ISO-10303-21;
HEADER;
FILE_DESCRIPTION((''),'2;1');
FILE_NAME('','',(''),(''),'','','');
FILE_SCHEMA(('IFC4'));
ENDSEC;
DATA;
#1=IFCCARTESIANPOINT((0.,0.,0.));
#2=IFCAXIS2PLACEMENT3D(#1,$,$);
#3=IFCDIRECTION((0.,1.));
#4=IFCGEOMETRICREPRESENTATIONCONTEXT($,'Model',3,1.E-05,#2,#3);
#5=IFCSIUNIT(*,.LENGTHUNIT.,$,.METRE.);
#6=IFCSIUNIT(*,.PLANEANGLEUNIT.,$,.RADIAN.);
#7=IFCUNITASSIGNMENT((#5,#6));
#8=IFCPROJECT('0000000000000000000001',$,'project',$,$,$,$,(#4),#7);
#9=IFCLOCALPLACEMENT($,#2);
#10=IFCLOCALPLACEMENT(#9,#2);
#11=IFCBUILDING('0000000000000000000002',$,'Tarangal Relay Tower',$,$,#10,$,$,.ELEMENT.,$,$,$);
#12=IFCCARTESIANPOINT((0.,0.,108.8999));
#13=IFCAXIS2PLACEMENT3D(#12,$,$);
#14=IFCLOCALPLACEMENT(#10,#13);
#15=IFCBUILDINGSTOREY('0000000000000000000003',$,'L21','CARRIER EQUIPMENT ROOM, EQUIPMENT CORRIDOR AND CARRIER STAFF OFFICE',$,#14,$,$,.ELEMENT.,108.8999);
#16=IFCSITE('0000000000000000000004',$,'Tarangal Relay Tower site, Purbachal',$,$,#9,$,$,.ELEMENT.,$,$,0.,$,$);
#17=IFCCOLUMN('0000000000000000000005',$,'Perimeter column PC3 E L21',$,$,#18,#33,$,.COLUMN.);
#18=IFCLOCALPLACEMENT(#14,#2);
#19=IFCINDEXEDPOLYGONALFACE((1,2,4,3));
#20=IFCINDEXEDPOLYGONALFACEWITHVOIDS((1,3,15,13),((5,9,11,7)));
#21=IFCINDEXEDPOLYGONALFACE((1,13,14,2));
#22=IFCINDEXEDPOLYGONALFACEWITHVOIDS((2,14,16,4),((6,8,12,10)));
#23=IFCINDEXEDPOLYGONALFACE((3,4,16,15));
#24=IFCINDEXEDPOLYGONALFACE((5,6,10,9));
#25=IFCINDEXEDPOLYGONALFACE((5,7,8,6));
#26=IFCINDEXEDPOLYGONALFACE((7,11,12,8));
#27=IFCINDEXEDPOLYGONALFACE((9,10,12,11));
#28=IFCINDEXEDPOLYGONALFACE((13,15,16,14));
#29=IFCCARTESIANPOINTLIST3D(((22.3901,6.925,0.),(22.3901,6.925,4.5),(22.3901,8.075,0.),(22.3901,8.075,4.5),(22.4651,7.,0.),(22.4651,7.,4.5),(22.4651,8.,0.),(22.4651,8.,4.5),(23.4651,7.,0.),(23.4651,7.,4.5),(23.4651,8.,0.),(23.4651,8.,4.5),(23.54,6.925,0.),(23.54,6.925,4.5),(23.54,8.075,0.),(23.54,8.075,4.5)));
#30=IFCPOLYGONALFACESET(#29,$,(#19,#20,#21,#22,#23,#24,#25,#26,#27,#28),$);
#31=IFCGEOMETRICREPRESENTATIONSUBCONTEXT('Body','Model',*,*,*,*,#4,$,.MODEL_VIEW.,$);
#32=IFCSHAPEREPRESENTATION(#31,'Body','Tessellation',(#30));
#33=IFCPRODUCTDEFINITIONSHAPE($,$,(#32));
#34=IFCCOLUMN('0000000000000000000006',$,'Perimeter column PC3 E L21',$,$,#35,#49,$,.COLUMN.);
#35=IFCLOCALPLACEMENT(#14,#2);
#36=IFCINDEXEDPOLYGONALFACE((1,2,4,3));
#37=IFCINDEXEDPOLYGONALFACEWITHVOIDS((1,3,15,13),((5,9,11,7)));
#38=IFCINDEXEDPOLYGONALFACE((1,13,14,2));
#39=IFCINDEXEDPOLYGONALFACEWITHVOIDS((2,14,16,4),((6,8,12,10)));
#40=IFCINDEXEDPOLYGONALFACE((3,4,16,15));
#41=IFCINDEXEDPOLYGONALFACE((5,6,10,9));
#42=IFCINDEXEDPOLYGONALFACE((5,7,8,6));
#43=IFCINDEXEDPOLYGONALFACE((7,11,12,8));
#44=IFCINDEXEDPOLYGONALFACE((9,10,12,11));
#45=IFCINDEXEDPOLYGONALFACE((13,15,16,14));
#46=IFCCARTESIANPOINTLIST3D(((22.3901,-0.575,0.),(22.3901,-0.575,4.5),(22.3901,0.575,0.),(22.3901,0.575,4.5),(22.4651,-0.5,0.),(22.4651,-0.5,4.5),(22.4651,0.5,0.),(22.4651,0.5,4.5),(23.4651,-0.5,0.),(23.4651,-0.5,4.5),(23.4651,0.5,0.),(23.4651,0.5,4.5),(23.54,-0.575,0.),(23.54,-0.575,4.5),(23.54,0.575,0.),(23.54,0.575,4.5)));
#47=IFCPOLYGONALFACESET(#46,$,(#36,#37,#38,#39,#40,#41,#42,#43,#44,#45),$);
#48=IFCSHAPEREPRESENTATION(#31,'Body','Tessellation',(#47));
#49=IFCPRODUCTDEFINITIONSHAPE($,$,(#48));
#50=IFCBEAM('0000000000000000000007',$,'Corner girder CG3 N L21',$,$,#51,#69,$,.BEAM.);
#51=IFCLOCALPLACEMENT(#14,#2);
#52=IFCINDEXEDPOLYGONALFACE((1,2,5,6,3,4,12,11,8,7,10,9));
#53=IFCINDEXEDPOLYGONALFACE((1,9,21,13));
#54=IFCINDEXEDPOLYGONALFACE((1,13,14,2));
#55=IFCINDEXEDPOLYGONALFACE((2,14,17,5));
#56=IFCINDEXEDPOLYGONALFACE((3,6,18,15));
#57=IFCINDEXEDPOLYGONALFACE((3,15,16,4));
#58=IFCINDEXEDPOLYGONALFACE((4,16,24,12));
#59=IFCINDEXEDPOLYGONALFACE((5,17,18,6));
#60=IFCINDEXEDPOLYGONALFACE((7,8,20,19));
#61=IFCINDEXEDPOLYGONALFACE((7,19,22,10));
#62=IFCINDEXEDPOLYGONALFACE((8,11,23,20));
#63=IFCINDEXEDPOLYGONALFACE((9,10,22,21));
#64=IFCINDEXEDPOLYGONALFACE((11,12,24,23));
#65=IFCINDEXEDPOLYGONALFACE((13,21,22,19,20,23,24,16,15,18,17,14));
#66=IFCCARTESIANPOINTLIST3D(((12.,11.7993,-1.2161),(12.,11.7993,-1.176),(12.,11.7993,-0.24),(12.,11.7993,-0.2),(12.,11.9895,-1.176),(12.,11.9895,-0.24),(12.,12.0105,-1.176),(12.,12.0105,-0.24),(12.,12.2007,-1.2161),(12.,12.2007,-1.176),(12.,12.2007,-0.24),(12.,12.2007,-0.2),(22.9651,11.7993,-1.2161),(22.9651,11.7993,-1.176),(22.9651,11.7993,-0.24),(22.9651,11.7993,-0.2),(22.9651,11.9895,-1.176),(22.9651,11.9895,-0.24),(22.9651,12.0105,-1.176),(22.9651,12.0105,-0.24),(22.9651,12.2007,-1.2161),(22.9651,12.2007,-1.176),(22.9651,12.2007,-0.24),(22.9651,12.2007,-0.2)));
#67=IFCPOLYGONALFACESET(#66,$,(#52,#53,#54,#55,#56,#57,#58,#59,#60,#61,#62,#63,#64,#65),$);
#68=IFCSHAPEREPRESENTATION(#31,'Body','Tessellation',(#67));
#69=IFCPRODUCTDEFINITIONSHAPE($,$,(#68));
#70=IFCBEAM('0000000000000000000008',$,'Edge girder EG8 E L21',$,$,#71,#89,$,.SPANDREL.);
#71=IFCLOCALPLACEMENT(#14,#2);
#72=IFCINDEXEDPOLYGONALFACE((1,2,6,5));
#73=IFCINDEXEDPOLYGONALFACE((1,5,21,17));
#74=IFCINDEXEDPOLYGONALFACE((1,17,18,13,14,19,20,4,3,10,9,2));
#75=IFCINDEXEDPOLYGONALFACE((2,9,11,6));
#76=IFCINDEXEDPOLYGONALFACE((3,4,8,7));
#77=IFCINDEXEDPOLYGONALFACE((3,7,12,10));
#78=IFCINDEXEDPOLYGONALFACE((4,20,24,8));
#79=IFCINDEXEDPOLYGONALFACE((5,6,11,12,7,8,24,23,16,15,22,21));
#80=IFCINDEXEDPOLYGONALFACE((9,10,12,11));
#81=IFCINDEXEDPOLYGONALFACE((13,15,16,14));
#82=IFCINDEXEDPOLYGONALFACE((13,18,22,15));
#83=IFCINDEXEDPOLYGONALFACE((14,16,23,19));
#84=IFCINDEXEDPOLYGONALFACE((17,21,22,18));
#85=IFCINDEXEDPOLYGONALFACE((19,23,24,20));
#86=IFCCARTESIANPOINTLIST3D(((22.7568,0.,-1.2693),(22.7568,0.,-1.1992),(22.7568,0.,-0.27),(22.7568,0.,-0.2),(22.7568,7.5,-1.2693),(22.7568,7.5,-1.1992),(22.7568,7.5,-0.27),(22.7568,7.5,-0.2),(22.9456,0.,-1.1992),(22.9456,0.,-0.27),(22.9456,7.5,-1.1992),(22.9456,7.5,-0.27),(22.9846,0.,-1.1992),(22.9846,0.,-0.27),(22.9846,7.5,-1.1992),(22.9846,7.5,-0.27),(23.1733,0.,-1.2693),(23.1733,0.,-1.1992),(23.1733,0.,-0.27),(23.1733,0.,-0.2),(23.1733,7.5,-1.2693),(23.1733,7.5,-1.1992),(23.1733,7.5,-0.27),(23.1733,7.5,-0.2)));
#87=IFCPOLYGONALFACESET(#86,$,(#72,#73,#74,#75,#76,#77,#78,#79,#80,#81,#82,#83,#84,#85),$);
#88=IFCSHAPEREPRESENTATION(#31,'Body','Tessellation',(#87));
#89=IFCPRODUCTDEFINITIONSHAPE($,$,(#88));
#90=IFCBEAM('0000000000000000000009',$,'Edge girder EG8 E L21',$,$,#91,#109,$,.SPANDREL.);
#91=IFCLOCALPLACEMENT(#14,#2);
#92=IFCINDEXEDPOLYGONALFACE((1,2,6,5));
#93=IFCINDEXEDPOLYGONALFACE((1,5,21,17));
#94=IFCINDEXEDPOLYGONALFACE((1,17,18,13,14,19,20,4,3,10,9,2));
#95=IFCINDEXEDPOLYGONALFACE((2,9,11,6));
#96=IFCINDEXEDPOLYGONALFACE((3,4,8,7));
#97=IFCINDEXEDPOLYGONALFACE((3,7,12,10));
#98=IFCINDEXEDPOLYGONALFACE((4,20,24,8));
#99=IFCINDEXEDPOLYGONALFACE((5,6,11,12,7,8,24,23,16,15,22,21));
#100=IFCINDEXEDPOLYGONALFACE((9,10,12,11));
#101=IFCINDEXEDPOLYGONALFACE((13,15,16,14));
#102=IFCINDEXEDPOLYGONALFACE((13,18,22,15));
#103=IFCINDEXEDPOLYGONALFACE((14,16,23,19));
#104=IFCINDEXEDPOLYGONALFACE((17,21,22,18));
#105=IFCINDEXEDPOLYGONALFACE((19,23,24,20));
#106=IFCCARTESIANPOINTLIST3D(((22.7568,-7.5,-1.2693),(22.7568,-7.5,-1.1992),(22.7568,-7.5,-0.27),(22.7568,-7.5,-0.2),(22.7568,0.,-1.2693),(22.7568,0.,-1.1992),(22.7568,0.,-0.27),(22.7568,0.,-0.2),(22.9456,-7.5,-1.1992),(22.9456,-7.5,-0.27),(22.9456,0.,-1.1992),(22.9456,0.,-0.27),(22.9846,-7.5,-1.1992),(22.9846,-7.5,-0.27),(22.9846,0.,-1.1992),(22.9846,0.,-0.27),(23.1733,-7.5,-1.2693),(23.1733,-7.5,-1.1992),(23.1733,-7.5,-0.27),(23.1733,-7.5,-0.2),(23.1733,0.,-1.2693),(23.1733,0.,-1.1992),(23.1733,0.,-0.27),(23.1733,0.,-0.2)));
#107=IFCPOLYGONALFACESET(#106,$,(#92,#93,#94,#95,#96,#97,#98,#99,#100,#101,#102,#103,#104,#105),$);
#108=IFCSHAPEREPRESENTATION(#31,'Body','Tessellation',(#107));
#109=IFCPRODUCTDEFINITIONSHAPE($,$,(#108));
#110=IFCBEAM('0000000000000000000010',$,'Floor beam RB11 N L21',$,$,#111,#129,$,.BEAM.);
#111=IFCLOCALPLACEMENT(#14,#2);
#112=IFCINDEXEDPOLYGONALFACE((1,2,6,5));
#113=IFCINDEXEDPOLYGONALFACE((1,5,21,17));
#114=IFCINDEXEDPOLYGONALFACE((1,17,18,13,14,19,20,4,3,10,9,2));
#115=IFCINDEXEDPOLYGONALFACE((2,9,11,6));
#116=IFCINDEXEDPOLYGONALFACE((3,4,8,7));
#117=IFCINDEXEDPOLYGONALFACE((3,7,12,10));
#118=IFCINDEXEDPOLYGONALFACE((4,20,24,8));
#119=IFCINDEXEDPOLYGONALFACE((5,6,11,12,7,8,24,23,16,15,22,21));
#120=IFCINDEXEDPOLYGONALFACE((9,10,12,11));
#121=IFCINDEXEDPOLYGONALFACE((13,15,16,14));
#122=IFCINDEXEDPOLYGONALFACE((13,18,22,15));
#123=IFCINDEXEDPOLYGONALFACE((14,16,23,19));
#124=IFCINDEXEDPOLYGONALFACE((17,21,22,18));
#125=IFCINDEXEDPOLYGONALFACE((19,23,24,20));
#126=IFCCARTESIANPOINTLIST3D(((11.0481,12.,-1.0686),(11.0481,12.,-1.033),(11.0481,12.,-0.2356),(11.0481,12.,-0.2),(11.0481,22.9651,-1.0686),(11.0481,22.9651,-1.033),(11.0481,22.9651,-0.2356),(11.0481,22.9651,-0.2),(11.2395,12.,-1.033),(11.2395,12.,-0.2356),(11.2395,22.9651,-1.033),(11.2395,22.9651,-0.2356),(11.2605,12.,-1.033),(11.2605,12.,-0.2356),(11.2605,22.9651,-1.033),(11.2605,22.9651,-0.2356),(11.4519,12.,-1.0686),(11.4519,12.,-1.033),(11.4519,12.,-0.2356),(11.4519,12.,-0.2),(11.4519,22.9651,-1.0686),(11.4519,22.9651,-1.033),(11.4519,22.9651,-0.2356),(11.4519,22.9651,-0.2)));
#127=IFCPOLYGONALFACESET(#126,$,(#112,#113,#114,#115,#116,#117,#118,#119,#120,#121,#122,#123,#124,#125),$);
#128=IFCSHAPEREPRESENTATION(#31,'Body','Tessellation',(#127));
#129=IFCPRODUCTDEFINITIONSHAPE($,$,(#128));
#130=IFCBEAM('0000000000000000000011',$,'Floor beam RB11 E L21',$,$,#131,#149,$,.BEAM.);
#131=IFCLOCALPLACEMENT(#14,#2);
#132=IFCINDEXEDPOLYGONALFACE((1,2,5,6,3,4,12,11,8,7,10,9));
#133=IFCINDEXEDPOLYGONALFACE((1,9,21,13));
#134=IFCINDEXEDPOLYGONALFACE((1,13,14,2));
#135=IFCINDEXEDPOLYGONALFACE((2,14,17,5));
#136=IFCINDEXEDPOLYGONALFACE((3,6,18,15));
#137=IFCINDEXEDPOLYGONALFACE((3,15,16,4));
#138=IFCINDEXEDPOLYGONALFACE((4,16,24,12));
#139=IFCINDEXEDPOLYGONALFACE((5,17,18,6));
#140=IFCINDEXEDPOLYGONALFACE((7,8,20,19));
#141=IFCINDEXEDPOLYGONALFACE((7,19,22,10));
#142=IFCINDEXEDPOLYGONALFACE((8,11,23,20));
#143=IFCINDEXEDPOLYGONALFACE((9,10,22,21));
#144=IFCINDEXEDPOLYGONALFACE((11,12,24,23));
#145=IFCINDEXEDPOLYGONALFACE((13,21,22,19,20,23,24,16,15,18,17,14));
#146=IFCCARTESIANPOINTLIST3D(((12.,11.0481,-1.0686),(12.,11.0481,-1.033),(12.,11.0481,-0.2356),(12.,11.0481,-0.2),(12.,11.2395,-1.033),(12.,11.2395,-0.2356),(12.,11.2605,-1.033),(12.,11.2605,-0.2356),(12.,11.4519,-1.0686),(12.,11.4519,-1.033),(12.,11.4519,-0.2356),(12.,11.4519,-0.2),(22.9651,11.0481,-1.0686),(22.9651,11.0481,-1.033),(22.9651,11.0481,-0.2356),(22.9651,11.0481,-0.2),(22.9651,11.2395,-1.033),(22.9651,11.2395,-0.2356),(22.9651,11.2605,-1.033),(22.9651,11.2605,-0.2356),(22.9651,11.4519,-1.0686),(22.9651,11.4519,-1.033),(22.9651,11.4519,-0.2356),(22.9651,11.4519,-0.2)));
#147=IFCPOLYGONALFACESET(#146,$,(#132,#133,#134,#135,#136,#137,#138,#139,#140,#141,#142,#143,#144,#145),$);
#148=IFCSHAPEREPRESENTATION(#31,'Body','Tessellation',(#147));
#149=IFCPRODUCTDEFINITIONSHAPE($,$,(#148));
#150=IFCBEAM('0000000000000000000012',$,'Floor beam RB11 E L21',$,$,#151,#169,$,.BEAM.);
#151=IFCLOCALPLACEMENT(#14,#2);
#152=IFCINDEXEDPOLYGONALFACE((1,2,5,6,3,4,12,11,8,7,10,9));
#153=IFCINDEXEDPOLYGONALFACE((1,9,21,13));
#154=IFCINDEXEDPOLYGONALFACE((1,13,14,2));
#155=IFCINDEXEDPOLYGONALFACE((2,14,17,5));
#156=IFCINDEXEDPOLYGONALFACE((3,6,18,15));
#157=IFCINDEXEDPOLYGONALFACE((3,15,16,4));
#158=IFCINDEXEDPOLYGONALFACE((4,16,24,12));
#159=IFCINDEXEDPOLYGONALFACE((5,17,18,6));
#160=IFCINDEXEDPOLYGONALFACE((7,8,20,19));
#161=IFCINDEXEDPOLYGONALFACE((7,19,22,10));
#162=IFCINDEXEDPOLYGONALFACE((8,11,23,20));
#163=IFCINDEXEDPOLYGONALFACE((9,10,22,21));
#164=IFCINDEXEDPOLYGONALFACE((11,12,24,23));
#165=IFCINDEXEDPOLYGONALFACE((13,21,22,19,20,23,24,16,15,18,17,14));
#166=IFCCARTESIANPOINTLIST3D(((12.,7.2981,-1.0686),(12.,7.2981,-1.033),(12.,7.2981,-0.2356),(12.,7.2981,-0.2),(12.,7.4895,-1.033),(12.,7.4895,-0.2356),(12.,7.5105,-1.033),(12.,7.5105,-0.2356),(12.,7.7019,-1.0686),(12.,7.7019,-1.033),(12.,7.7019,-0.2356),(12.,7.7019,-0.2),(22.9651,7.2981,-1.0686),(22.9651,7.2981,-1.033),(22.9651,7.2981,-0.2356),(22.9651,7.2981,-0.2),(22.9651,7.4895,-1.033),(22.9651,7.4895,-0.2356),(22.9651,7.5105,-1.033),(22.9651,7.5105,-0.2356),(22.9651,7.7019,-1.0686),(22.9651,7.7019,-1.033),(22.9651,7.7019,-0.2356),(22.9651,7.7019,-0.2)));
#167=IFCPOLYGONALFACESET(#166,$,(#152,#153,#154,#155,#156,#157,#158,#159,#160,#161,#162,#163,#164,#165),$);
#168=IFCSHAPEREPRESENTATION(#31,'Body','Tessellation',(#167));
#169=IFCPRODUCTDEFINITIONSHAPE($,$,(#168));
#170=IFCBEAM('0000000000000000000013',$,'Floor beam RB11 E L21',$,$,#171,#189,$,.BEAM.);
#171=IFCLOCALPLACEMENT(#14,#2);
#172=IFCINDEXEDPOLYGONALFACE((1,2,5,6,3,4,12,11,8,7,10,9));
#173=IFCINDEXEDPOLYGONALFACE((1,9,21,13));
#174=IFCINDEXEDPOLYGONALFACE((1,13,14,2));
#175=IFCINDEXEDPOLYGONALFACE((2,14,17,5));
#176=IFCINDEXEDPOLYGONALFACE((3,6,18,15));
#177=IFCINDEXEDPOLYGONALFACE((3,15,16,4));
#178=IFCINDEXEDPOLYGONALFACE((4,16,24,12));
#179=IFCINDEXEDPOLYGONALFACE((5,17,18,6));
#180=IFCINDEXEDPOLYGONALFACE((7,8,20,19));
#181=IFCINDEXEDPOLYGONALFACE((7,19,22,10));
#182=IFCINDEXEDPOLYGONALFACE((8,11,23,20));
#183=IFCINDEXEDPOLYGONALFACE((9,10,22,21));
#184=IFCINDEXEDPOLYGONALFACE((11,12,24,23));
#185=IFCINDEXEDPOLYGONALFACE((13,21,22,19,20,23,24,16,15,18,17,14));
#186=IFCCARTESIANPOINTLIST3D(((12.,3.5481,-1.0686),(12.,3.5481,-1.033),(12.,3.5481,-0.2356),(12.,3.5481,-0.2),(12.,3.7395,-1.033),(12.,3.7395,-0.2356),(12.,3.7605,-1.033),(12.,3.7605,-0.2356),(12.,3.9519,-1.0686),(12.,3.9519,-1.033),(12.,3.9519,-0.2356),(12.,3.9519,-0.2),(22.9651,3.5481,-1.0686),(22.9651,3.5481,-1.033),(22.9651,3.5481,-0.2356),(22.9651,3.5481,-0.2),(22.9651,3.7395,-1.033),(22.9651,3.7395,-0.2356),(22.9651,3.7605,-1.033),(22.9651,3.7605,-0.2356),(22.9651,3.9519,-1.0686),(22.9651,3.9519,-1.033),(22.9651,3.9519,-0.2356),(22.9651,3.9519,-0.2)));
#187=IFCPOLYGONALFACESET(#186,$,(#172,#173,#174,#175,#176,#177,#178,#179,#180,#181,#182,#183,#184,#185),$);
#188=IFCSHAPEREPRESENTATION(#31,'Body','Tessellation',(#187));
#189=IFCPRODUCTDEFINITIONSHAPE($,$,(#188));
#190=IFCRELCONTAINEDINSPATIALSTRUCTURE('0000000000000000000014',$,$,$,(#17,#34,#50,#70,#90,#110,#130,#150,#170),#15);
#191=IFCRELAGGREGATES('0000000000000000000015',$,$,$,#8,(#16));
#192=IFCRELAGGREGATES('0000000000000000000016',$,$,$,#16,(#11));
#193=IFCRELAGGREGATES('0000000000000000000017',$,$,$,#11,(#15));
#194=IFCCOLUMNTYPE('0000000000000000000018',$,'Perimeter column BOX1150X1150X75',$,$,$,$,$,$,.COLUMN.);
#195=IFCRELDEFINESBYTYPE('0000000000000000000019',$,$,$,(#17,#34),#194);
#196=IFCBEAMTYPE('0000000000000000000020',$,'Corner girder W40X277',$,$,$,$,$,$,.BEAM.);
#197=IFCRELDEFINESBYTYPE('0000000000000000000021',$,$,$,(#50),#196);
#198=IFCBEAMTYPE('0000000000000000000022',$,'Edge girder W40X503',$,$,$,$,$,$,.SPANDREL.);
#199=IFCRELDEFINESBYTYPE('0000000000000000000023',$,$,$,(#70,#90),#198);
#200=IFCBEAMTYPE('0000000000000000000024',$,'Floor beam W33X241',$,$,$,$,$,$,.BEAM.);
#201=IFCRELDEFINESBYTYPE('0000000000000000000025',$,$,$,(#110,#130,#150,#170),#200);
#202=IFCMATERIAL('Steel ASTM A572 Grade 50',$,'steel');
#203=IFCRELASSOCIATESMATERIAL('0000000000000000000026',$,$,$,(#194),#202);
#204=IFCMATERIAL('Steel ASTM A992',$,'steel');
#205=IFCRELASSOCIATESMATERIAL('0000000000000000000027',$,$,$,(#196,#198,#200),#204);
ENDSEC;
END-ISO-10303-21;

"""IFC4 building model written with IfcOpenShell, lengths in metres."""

from ifc_helpers import new_model, si_unit, direction, frame, origin, origin_2d, place, context, subcontext, project, spatial, hollow_rectangle, i_section, extrude, material, material_profile, profile_set, type_object, element, save


model = new_model("IFC4")

# Units and contexts
model_context = context("Model", 3, precision=1e-05, world=origin(), true_north=direction((0.0, 1.0)))
body_context = subcontext(model_context, "Body", "Model", "MODEL_VIEW")
ifc_project = project(units=[si_unit("LENGTHUNIT", "METRE"), si_unit("PLANEANGLEUNIT", "RADIAN")], contexts=[model_context])

# Site, building, storey
site_placement = place(None, origin())
site = spatial("IfcSite", under=ifc_project, at=site_placement, Name="Tarangal Relay Tower site, Purbachal", CompositionType="ELEMENT", RefElevation=0.0)
building_placement = place(site_placement, origin())
building = spatial("IfcBuilding", under=site, at=building_placement, Name="Tarangal Relay Tower", CompositionType="ELEMENT")
storey_placement = place(building_placement, frame((0.0, 0.0, 108.8999)))
storey = spatial("IfcBuildingStorey", under=building, at=storey_placement, Name="L21", Description="CARRIER EQUIPMENT ROOM, EQUIPMENT CORRIDOR AND CARRIER STAFF OFFICE", CompositionType="ELEMENT", Elevation=108.8999)

# Columns
ifc_material_1 = material(Name="Steel ASTM A572 Grade 50", Category="steel")
ifc_material_profile_1 = material_profile(ifc_material_1, hollow_rectangle(XDim=1.1499, YDim=1.1499, WallThickness=0.075, at=origin_2d()), Name="BOX1150X1150X75")
ifc_profile_set_1 = profile_set([ifc_material_profile_1], Name="Steel ASTM A572 Grade 50")
column_type = type_object("IfcColumnType", Name="Perimeter column BOX1150X1150X75", PredefinedType="COLUMN", material=ifc_profile_set_1)
for number, where, z_axis, x_axis, name in (
    (1, (22.9651, 7.5, 0.0), (0.0, 0.0, 1.0), (1.0, 0.0, 0.0), "Perimeter column PC3 E L21"),
    (2, (22.9651, 0.0, 0.0), (0.0, 0.0, 1.0), (1.0, 0.0, 0.0), "Perimeter column PC3 E L21"),
):
    element("IfcColumn", number, at=place(storey_placement, frame(where, z_axis=z_axis, x_axis=x_axis)), inside=storey, type_object=column_type, Name=name, PredefinedType="COLUMN", context=body_context, shape_type="SweptSolid", body=[
        extrude(hollow_rectangle(XDim=1.1499, YDim=1.1499, WallThickness=0.075, at=origin_2d()), origin(), (0.0, 0.0, 1.0), 4.5),
    ])

# Beams
ifc_material_2 = material(Name="Steel ASTM A992", Category="steel")
ifc_material_profile_2 = material_profile(ifc_material_2, i_section(OverallWidth=0.4014, OverallDepth=1.0161, WebThickness=0.021, FlangeThickness=0.04, at=origin_2d()), Name="W40X277")
ifc_profile_set_2 = profile_set([ifc_material_profile_2], Name="Steel ASTM A992")
beam_type_1 = type_object("IfcBeamType", Name="Corner girder W40X277", PredefinedType="BEAM", material=ifc_profile_set_2)
beam_placement = place(storey_placement, frame((12.0, 12.0, -0.708), z_axis=(1.0, 0.0, 0.0), x_axis=(0.0, 1.0, 0.0)))
element("IfcBeam", 3, at=beam_placement, inside=storey, type_object=beam_type_1, Name="Corner girder CG3 N L21", PredefinedType="BEAM", context=body_context, shape_type="SweptSolid", body=[
    extrude(i_section(OverallWidth=0.4014, OverallDepth=1.0161, WebThickness=0.021, FlangeThickness=0.04, at=origin_2d()), origin(), (0.0, 0.0, 1.0), 10.9651),
])
ifc_material_profile_3 = material_profile(ifc_material_2, i_section(OverallWidth=0.4165, OverallDepth=1.0693, WebThickness=0.0391, FlangeThickness=0.0701, at=origin_2d()), Name="W40X503")
ifc_profile_set_3 = profile_set([ifc_material_profile_3], Name="Steel ASTM A992")
beam_type_2 = type_object("IfcBeamType", Name="Edge girder W40X503", PredefinedType="SPANDREL", material=ifc_profile_set_3)
for number, where, z_axis, x_axis, name in (
    (4, (22.9651, 7.5, -0.7346), (0.0, -1.0, 0.0), (1.0, 0.0, 0.0), "Edge girder EG8 E L21"),
    (5, (22.9651, 0.0, -0.7346), (0.0, -1.0, 0.0), (1.0, 0.0, 0.0), "Edge girder EG8 E L21"),
):
    element("IfcBeam", number, at=place(storey_placement, frame(where, z_axis=z_axis, x_axis=x_axis)), inside=storey, type_object=beam_type_2, Name=name, PredefinedType="SPANDREL", context=body_context, shape_type="SweptSolid", body=[
        extrude(i_section(OverallWidth=0.4165, OverallDepth=1.0693, WebThickness=0.0391, FlangeThickness=0.0701, at=origin_2d()), origin(), (0.0, 0.0, 1.0), 7.5),
    ])
ifc_material_profile_4 = material_profile(ifc_material_2, i_section(OverallWidth=0.4038, OverallDepth=0.8687, WebThickness=0.021, FlangeThickness=0.0356, at=origin_2d()), Name="W33X241")
ifc_profile_set_4 = profile_set([ifc_material_profile_4], Name="Steel ASTM A992")
beam_type_3 = type_object("IfcBeamType", Name="Floor beam W33X241", PredefinedType="BEAM", material=ifc_profile_set_4)
for number, where, z_axis, x_axis, name in (
    (6, (11.25, 12.0, -0.6343), (0.0, 1.0, 0.0), (-1.0, 0.0, 0.0), "Floor beam RB11 N L21"),
    (7, (12.0, 11.25, -0.6343), (1.0, 0.0, 0.0), (0.0, 1.0, 0.0), "Floor beam RB11 E L21"),
    (8, (12.0, 7.5, -0.6343), (1.0, 0.0, 0.0), (0.0, 1.0, 0.0), "Floor beam RB11 E L21"),
    (9, (12.0, 3.75, -0.6343), (1.0, 0.0, 0.0), (0.0, 1.0, 0.0), "Floor beam RB11 E L21"),
):
    element("IfcBeam", number, at=place(storey_placement, frame(where, z_axis=z_axis, x_axis=x_axis)), inside=storey, type_object=beam_type_3, Name=name, PredefinedType="BEAM", context=body_context, shape_type="SweptSolid", body=[
        extrude(i_section(OverallWidth=0.4038, OverallDepth=0.8687, WebThickness=0.021, FlangeThickness=0.0356, at=origin_2d()), origin(), (0.0, 0.0, 1.0), 10.9651),
    ])

save(model, "model.ifc")
